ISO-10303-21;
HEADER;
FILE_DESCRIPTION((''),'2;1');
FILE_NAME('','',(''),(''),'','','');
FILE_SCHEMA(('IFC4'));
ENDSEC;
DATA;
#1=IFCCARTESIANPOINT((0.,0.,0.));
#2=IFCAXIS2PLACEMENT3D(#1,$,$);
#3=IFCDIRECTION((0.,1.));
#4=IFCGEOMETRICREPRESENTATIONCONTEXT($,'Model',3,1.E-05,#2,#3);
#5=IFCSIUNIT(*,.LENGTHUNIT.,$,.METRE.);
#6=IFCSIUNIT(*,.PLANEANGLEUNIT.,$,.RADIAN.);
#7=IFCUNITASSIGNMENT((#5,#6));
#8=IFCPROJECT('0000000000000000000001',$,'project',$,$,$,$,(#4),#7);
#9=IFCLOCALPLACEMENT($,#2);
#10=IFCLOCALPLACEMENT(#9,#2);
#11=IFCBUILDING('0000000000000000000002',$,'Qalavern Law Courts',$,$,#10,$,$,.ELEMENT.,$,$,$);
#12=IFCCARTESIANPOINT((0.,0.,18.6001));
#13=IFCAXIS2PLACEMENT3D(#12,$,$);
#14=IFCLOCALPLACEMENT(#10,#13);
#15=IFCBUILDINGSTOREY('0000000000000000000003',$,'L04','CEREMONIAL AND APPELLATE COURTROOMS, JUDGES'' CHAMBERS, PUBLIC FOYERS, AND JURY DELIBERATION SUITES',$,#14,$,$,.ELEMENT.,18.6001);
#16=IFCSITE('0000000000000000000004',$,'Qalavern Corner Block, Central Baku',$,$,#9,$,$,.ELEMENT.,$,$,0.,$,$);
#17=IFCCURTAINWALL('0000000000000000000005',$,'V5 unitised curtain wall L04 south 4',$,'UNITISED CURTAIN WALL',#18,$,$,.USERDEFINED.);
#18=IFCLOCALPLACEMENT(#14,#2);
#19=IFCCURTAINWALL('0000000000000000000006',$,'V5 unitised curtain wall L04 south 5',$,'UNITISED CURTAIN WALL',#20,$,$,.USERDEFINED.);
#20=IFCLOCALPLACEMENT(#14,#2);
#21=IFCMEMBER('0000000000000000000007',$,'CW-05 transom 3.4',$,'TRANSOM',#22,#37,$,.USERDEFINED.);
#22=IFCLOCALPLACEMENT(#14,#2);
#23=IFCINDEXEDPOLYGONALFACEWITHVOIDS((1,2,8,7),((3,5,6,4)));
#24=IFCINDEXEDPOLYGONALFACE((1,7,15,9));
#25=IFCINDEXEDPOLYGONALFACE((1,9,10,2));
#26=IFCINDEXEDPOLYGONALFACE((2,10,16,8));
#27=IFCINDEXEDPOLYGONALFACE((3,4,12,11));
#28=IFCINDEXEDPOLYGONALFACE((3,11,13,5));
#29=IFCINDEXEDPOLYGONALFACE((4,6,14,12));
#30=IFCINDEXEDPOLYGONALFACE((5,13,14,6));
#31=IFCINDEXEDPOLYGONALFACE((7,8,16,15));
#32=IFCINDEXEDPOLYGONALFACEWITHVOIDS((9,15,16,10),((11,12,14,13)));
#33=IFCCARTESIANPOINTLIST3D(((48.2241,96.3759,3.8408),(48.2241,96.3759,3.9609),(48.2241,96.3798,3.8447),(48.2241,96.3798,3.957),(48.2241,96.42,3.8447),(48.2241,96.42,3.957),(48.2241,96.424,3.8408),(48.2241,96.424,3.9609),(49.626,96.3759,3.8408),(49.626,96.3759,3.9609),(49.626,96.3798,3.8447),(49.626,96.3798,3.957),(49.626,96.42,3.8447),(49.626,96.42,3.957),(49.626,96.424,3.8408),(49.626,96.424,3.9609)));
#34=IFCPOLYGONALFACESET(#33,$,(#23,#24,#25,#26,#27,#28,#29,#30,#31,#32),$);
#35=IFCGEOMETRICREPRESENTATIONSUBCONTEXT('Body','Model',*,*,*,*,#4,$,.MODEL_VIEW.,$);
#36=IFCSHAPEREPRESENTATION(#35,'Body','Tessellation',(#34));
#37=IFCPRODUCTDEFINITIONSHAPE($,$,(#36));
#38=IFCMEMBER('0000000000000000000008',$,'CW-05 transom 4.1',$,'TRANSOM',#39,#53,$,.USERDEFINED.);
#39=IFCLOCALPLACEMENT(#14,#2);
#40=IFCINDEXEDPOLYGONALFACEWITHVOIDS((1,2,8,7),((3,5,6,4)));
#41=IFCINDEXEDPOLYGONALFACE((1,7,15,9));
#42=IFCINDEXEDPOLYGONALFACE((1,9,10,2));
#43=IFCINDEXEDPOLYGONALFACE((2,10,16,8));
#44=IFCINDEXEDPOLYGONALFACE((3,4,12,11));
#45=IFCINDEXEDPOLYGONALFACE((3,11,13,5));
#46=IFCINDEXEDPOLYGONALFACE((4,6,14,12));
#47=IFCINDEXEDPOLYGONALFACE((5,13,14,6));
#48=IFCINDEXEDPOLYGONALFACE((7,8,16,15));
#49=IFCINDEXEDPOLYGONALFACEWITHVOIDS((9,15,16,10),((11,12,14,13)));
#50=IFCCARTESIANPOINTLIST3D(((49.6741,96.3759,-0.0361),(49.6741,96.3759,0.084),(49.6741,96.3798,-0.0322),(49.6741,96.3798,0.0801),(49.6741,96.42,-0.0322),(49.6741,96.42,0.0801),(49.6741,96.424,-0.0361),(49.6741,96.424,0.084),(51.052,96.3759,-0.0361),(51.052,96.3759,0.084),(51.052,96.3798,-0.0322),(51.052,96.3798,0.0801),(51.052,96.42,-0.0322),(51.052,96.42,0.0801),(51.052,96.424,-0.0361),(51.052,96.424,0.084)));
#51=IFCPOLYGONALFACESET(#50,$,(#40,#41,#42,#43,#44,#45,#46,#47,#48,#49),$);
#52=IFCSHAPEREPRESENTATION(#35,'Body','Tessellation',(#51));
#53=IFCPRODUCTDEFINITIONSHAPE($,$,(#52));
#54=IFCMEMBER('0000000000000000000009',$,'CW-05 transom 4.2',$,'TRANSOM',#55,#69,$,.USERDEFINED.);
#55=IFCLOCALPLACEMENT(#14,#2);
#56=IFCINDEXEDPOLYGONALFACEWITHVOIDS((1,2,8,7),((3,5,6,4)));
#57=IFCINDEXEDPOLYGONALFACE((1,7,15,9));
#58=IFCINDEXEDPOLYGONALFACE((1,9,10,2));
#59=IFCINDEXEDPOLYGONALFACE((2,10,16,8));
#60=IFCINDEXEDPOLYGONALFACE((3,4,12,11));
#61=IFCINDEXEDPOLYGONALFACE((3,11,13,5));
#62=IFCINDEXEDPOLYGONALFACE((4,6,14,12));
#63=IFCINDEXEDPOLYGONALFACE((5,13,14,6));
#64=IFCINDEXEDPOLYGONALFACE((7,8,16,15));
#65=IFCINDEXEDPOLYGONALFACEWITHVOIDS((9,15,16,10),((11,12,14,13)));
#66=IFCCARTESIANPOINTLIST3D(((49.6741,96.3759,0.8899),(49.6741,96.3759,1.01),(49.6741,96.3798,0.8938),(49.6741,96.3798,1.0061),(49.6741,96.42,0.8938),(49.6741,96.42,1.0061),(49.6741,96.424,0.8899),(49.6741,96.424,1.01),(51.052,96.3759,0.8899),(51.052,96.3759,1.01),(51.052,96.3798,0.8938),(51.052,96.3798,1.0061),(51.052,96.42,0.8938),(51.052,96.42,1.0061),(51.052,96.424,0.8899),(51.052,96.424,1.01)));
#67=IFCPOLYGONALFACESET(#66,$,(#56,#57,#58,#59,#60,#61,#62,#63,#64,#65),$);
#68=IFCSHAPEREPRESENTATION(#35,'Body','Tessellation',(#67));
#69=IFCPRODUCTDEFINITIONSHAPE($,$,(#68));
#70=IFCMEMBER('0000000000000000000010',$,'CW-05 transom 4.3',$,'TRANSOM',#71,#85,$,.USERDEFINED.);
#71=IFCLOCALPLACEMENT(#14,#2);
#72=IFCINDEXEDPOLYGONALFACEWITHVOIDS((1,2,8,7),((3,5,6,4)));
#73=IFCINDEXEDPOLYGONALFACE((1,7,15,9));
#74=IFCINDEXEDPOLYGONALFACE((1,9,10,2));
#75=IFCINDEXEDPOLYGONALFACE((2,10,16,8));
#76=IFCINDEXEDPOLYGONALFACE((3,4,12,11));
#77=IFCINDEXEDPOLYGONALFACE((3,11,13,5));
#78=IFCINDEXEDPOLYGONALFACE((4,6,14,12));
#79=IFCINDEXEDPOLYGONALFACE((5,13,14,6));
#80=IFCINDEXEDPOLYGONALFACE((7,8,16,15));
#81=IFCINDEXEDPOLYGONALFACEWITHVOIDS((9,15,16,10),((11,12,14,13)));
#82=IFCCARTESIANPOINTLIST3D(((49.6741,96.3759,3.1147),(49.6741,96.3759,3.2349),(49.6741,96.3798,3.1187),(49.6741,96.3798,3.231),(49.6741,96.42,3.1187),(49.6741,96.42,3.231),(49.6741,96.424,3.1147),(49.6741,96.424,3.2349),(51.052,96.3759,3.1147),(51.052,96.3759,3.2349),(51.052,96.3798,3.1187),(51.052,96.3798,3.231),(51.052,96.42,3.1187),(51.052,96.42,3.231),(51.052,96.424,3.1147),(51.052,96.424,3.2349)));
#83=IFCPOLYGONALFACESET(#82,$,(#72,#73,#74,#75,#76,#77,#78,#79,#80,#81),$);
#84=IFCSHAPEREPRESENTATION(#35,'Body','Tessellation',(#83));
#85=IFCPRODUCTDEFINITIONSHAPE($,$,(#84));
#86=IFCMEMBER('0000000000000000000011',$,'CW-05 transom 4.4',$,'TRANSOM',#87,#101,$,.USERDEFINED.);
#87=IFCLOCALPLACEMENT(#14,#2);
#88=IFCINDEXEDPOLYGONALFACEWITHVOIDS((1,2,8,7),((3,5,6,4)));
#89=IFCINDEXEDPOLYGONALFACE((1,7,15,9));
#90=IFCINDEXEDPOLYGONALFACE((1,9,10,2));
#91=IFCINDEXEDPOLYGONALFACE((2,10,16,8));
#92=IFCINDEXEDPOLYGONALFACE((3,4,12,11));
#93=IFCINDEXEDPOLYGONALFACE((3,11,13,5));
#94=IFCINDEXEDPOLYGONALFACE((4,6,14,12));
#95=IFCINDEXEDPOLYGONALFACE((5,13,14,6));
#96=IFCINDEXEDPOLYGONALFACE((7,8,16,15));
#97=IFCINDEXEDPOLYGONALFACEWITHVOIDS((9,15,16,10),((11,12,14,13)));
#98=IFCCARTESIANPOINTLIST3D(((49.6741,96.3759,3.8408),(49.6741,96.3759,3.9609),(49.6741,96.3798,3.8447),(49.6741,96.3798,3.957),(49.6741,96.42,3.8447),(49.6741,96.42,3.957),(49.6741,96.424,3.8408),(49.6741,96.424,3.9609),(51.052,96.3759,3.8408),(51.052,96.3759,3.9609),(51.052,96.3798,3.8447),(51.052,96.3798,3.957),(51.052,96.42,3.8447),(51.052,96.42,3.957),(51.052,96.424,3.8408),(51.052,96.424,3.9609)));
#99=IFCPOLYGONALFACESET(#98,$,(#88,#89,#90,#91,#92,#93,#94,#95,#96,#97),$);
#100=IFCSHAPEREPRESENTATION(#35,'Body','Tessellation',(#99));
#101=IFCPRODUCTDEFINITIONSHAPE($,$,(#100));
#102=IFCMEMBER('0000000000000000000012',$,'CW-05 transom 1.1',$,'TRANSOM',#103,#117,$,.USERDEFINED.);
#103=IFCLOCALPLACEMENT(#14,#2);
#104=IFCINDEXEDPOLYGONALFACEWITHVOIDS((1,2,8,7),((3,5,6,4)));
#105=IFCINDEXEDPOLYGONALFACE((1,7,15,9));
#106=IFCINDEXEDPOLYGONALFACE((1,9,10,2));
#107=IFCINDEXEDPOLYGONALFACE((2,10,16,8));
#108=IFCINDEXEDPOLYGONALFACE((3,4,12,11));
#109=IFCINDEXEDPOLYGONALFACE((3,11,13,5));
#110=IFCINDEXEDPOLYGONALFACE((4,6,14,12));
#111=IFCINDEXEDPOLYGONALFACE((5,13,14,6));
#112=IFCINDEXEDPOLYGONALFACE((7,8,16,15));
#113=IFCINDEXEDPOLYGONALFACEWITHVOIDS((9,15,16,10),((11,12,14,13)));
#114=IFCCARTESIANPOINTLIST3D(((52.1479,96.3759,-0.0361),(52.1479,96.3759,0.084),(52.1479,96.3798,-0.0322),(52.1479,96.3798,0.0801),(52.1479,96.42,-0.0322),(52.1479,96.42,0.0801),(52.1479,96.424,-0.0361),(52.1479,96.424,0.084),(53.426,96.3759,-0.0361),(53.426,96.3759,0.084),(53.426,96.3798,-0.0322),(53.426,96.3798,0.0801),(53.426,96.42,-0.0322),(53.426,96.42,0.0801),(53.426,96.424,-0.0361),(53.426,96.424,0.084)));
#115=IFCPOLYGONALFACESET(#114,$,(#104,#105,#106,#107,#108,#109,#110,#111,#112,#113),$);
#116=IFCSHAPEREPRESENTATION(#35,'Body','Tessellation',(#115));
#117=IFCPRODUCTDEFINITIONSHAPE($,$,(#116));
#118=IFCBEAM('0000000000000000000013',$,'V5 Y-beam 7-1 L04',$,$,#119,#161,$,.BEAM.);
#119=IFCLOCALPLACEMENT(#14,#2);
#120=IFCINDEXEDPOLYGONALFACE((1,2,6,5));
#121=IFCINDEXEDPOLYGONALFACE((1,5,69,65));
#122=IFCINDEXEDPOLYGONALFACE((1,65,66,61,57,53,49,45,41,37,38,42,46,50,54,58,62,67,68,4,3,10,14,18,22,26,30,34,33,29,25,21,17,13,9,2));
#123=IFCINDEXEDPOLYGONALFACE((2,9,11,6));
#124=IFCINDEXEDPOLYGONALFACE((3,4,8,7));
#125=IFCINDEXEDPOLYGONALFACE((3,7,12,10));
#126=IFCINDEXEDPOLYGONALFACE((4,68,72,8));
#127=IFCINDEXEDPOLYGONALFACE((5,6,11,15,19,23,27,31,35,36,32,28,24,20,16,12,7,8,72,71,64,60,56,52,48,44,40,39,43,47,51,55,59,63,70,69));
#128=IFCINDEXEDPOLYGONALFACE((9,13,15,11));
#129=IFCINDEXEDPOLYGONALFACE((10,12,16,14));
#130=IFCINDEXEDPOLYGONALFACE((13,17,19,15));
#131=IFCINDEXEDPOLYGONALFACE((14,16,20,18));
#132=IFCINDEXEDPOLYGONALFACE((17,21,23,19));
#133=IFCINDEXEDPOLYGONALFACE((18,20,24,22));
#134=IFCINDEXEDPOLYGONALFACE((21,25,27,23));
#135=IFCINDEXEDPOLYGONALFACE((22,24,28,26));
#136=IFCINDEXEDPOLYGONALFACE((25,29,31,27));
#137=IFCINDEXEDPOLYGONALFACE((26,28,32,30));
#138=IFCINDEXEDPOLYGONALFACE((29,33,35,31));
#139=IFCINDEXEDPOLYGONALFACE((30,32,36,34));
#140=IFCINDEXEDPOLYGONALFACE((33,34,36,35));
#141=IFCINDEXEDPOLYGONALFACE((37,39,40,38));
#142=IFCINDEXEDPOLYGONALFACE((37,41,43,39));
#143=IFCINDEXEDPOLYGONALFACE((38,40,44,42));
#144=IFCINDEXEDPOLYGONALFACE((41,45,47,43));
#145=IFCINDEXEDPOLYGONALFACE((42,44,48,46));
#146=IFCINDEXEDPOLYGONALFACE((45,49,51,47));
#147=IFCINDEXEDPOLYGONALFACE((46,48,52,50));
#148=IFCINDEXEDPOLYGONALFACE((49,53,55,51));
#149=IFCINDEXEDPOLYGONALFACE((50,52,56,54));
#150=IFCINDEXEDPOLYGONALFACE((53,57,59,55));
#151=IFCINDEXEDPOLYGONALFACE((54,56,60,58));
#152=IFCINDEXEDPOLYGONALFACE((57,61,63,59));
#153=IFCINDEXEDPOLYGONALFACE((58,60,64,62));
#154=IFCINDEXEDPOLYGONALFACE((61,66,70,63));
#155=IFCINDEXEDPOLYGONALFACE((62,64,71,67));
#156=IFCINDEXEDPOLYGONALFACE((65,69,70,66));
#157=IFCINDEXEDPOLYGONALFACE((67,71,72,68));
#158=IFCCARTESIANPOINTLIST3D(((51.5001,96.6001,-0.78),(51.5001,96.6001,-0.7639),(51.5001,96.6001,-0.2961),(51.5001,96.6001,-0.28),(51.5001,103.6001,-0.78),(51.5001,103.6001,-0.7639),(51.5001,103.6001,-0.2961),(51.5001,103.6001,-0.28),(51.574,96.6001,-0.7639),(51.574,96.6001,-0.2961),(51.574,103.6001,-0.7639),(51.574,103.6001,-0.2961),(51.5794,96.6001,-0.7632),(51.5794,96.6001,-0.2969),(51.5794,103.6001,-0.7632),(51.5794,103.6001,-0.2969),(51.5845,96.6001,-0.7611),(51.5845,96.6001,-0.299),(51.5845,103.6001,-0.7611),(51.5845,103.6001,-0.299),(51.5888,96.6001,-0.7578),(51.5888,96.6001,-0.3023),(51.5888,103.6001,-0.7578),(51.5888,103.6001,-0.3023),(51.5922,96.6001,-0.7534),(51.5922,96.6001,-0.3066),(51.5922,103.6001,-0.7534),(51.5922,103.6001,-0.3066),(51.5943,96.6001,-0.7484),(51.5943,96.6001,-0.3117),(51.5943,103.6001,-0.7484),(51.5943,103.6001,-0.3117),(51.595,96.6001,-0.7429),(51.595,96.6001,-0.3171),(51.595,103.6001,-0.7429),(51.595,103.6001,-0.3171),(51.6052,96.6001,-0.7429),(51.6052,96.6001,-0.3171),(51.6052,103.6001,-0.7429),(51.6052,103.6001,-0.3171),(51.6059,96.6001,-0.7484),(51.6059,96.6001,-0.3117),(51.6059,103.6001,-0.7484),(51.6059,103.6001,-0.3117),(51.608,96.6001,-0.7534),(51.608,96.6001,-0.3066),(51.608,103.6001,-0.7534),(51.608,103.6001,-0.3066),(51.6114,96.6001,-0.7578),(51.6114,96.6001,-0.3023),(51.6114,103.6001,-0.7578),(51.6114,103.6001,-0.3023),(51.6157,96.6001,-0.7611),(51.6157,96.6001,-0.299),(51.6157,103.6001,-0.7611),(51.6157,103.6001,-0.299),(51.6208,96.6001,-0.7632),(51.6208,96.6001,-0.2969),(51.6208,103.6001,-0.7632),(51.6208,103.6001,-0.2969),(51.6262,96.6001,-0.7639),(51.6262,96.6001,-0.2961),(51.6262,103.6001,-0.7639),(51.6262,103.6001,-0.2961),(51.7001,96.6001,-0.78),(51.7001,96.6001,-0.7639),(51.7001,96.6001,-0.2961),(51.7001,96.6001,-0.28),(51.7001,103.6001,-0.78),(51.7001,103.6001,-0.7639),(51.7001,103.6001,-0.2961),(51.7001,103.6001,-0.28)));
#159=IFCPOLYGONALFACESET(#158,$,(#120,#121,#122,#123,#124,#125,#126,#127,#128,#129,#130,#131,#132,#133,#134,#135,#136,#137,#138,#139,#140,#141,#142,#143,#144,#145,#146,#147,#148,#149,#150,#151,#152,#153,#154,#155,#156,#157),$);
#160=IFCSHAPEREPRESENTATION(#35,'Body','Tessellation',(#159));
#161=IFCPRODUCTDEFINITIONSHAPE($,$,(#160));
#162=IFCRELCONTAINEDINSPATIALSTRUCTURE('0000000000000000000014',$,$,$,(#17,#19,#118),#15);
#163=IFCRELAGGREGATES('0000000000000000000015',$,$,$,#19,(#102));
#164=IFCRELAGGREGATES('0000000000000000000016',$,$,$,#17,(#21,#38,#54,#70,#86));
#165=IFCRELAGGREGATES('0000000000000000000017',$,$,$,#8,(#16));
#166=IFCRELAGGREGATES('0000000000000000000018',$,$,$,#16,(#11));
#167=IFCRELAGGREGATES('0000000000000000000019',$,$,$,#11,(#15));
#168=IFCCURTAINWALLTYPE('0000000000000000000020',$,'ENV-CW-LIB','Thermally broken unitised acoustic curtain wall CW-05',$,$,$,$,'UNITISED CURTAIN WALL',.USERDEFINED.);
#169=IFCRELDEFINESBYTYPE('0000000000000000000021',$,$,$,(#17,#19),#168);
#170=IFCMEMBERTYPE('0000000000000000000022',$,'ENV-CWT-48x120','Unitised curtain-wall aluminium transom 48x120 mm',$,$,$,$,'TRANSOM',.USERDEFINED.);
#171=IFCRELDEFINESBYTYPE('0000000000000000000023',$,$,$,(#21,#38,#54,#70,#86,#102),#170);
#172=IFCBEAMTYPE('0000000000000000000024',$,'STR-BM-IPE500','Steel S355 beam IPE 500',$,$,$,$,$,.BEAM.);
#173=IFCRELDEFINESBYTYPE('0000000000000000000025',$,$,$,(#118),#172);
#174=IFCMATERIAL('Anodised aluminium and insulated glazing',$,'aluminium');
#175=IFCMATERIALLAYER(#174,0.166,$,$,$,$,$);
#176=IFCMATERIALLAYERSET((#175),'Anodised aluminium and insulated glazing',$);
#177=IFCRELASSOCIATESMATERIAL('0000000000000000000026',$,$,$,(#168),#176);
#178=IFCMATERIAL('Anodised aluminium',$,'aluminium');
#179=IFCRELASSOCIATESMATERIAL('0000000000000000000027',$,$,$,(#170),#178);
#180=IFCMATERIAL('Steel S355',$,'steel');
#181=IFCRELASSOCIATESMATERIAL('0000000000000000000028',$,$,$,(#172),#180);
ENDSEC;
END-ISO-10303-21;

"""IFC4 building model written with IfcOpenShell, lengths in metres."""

from ifc_helpers import new_model, si_unit, direction, frame, origin, origin_2d, place, context, subcontext, project, spatial, hollow_rectangle, i_section, extrude, material, layer, layer_set, material_profile, profile_set, type_object, element, aggregate, save


model = new_model("IFC4")

# Units and contexts
model_context = context("Model", 3, precision=1e-05, world=origin(), true_north=direction((0.0, 1.0)))
body_context = subcontext(model_context, "Body", "Model", "MODEL_VIEW")
ifc_project = project(units=[si_unit("LENGTHUNIT", "METRE"), si_unit("PLANEANGLEUNIT", "RADIAN")], contexts=[model_context])

# Site, building, storey
site_placement = place(None, origin())
site = spatial("IfcSite", under=ifc_project, at=site_placement, Name="Qalavern Corner Block, Central Baku", CompositionType="ELEMENT", RefElevation=0.0)
building_placement = place(site_placement, origin())
building = spatial("IfcBuilding", under=site, at=building_placement, Name="Qalavern Law Courts", CompositionType="ELEMENT")
storey_placement = place(building_placement, frame((0.0, 0.0, 18.6001)))
storey = spatial("IfcBuildingStorey", under=building, at=storey_placement, Name="L04", Description="CEREMONIAL AND APPELLATE COURTROOMS, JUDGES' CHAMBERS, PUBLIC FOYERS, AND JURY DELIBERATION SUITES", CompositionType="ELEMENT", Elevation=18.6001)

# Curtain wall
ifc_material_1 = material(Name="Anodised aluminium and insulated glazing", Category="aluminium")
ifc_layer_1 = layer(ifc_material_1, 0.166)
ifc_layer_set_1 = layer_set([ifc_layer_1], Name="Anodised aluminium and insulated glazing")
curtain_wall_type = type_object("IfcCurtainWallType", Name="ENV-CW-LIB", Description="Thermally broken unitised acoustic curtain wall CW-05", ElementType="UNITISED CURTAIN WALL", PredefinedType="USERDEFINED", material=ifc_layer_set_1)
curtain_wall_1_placement = place(storey_placement, origin())
curtain_wall_1 = element("IfcCurtainWall", 1, at=curtain_wall_1_placement, inside=storey, type_object=curtain_wall_type, Name="V5 unitised curtain wall L04 south 4", ObjectType="UNITISED CURTAIN WALL", PredefinedType="USERDEFINED")
ifc_material_2 = material(Name="Anodised aluminium", Category="aluminium")

# Curtain wall
curtain_wall_2_placement = place(storey_placement, origin())
curtain_wall_2 = element("IfcCurtainWall", 2, at=curtain_wall_2_placement, inside=storey, type_object=curtain_wall_type, Name="V5 unitised curtain wall L04 south 5", ObjectType="UNITISED CURTAIN WALL", PredefinedType="USERDEFINED")

# Members
ifc_material_profile_1 = material_profile(ifc_material_2, hollow_rectangle(XDim=0.0481, YDim=0.1201, WallThickness=0.0039, at=origin_2d()), Name="ALU TRANSOM 48x120")
ifc_profile_set_1 = profile_set([ifc_material_profile_1], Name="Anodised aluminium")
member_type_1 = type_object("IfcMemberType", Name="ENV-CWT-48x120", Description="Unitised curtain-wall aluminium transom 48x120 mm", ElementType="TRANSOM", PredefinedType="USERDEFINED", material=ifc_profile_set_1)
member_1_placement = place(storey_placement, frame((48.2241, 96.3999, 3.9009), z_axis=(1.0, 0.0, 0.0), x_axis=(0.0, 1.0, 0.0)))
member_1 = element("IfcMember", 3, at=member_1_placement, type_object=member_type_1, Name="CW-05 transom 3.4", ObjectType="TRANSOM", PredefinedType="USERDEFINED", context=body_context, shape_type="SweptSolid", body=[
    extrude(hollow_rectangle(XDim=0.0481, YDim=0.1201, WallThickness=0.0039, at=origin_2d()), origin(), (0.0, 0.0, 1.0), 1.4019),
])
member_2_placement = place(storey_placement, frame((49.6741, 96.3999, 0.0239), z_axis=(1.0, 0.0, 0.0), x_axis=(0.0, 1.0, 0.0)))
member_2 = element("IfcMember", 4, at=member_2_placement, type_object=member_type_1, Name="CW-05 transom 4.1", ObjectType="TRANSOM", PredefinedType="USERDEFINED", context=body_context, shape_type="SweptSolid", body=[
    extrude(hollow_rectangle(XDim=0.0481, YDim=0.1201, WallThickness=0.0039, at=origin_2d()), origin(), (0.0, 0.0, 1.0), 1.3779),
])
member_3_placement = place(storey_placement, frame((49.6741, 96.3999, 0.95), z_axis=(1.0, 0.0, 0.0), x_axis=(0.0, 1.0, 0.0)))
member_3 = element("IfcMember", 5, at=member_3_placement, type_object=member_type_1, Name="CW-05 transom 4.2", ObjectType="TRANSOM", PredefinedType="USERDEFINED", context=body_context, shape_type="SweptSolid", body=[
    extrude(hollow_rectangle(XDim=0.0481, YDim=0.1201, WallThickness=0.0039, at=origin_2d()), origin(), (0.0, 0.0, 1.0), 1.3779),
])
member_4_placement = place(storey_placement, frame((49.6741, 96.3999, 3.1748), z_axis=(1.0, 0.0, 0.0), x_axis=(0.0, 1.0, 0.0)))
member_4 = element("IfcMember", 6, at=member_4_placement, type_object=member_type_1, Name="CW-05 transom 4.3", ObjectType="TRANSOM", PredefinedType="USERDEFINED", context=body_context, shape_type="SweptSolid", body=[
    extrude(hollow_rectangle(XDim=0.0481, YDim=0.1201, WallThickness=0.0039, at=origin_2d()), origin(), (0.0, 0.0, 1.0), 1.3779),
])
member_5_placement = place(storey_placement, frame((49.6741, 96.3999, 3.9009), z_axis=(1.0, 0.0, 0.0), x_axis=(0.0, 1.0, 0.0)))
member_5 = element("IfcMember", 7, at=member_5_placement, type_object=member_type_1, Name="CW-05 transom 4.4", ObjectType="TRANSOM", PredefinedType="USERDEFINED", context=body_context, shape_type="SweptSolid", body=[
    extrude(hollow_rectangle(XDim=0.0481, YDim=0.1201, WallThickness=0.0039, at=origin_2d()), origin(), (0.0, 0.0, 1.0), 1.3779),
])
member_6_placement = place(storey_placement, frame((52.1479, 96.3999, 0.0239), z_axis=(1.0, 0.0, 0.0), x_axis=(0.0, 1.0, 0.0)))
member_6 = element("IfcMember", 8, at=member_6_placement, type_object=member_type_1, Name="CW-05 transom 1.1", ObjectType="TRANSOM", PredefinedType="USERDEFINED", context=body_context, shape_type="SweptSolid", body=[
    extrude(hollow_rectangle(XDim=0.0481, YDim=0.1201, WallThickness=0.0039, at=origin_2d()), origin(), (0.0, 0.0, 1.0), 1.2781),
])
aggregate(curtain_wall_2, [member_6])

# Beam
ifc_material_3 = material(Name="Steel S355", Category="steel")
ifc_material_profile_2 = material_profile(ifc_material_3, i_section(OverallWidth=0.2, OverallDepth=0.5, WebThickness=0.0103, FlangeThickness=0.0161, FilletRadius=0.021, at=origin_2d()), Name="IPE 500")
ifc_profile_set_2 = profile_set([ifc_material_profile_2], Name="Steel S355")
beam_type_1 = type_object("IfcBeamType", Name="STR-BM-IPE500", Description="Steel S355 beam IPE 500", PredefinedType="BEAM", material=ifc_profile_set_2)
beam_1_placement = place(storey_placement, frame((51.6001, 96.6001, -0.53), z_axis=(0.0, 1.0, 0.0), x_axis=(-1.0, 0.0, 0.0)))
element("IfcBeam", 9, at=beam_1_placement, inside=storey, type_object=beam_type_1, Name="V5 Y-beam 7-1 L04", PredefinedType="BEAM", context=body_context, shape_type="SweptSolid", body=[
    extrude(i_section(OverallWidth=0.2, OverallDepth=0.5, WebThickness=0.0103, FlangeThickness=0.0161, FilletRadius=0.021, at=origin_2d()), origin(), (0.0, 0.0, 1.0), 7.0),
])

aggregate(curtain_wall_1, [member_1, member_2, member_3, member_4, member_5])

save(model, "model.ifc")
